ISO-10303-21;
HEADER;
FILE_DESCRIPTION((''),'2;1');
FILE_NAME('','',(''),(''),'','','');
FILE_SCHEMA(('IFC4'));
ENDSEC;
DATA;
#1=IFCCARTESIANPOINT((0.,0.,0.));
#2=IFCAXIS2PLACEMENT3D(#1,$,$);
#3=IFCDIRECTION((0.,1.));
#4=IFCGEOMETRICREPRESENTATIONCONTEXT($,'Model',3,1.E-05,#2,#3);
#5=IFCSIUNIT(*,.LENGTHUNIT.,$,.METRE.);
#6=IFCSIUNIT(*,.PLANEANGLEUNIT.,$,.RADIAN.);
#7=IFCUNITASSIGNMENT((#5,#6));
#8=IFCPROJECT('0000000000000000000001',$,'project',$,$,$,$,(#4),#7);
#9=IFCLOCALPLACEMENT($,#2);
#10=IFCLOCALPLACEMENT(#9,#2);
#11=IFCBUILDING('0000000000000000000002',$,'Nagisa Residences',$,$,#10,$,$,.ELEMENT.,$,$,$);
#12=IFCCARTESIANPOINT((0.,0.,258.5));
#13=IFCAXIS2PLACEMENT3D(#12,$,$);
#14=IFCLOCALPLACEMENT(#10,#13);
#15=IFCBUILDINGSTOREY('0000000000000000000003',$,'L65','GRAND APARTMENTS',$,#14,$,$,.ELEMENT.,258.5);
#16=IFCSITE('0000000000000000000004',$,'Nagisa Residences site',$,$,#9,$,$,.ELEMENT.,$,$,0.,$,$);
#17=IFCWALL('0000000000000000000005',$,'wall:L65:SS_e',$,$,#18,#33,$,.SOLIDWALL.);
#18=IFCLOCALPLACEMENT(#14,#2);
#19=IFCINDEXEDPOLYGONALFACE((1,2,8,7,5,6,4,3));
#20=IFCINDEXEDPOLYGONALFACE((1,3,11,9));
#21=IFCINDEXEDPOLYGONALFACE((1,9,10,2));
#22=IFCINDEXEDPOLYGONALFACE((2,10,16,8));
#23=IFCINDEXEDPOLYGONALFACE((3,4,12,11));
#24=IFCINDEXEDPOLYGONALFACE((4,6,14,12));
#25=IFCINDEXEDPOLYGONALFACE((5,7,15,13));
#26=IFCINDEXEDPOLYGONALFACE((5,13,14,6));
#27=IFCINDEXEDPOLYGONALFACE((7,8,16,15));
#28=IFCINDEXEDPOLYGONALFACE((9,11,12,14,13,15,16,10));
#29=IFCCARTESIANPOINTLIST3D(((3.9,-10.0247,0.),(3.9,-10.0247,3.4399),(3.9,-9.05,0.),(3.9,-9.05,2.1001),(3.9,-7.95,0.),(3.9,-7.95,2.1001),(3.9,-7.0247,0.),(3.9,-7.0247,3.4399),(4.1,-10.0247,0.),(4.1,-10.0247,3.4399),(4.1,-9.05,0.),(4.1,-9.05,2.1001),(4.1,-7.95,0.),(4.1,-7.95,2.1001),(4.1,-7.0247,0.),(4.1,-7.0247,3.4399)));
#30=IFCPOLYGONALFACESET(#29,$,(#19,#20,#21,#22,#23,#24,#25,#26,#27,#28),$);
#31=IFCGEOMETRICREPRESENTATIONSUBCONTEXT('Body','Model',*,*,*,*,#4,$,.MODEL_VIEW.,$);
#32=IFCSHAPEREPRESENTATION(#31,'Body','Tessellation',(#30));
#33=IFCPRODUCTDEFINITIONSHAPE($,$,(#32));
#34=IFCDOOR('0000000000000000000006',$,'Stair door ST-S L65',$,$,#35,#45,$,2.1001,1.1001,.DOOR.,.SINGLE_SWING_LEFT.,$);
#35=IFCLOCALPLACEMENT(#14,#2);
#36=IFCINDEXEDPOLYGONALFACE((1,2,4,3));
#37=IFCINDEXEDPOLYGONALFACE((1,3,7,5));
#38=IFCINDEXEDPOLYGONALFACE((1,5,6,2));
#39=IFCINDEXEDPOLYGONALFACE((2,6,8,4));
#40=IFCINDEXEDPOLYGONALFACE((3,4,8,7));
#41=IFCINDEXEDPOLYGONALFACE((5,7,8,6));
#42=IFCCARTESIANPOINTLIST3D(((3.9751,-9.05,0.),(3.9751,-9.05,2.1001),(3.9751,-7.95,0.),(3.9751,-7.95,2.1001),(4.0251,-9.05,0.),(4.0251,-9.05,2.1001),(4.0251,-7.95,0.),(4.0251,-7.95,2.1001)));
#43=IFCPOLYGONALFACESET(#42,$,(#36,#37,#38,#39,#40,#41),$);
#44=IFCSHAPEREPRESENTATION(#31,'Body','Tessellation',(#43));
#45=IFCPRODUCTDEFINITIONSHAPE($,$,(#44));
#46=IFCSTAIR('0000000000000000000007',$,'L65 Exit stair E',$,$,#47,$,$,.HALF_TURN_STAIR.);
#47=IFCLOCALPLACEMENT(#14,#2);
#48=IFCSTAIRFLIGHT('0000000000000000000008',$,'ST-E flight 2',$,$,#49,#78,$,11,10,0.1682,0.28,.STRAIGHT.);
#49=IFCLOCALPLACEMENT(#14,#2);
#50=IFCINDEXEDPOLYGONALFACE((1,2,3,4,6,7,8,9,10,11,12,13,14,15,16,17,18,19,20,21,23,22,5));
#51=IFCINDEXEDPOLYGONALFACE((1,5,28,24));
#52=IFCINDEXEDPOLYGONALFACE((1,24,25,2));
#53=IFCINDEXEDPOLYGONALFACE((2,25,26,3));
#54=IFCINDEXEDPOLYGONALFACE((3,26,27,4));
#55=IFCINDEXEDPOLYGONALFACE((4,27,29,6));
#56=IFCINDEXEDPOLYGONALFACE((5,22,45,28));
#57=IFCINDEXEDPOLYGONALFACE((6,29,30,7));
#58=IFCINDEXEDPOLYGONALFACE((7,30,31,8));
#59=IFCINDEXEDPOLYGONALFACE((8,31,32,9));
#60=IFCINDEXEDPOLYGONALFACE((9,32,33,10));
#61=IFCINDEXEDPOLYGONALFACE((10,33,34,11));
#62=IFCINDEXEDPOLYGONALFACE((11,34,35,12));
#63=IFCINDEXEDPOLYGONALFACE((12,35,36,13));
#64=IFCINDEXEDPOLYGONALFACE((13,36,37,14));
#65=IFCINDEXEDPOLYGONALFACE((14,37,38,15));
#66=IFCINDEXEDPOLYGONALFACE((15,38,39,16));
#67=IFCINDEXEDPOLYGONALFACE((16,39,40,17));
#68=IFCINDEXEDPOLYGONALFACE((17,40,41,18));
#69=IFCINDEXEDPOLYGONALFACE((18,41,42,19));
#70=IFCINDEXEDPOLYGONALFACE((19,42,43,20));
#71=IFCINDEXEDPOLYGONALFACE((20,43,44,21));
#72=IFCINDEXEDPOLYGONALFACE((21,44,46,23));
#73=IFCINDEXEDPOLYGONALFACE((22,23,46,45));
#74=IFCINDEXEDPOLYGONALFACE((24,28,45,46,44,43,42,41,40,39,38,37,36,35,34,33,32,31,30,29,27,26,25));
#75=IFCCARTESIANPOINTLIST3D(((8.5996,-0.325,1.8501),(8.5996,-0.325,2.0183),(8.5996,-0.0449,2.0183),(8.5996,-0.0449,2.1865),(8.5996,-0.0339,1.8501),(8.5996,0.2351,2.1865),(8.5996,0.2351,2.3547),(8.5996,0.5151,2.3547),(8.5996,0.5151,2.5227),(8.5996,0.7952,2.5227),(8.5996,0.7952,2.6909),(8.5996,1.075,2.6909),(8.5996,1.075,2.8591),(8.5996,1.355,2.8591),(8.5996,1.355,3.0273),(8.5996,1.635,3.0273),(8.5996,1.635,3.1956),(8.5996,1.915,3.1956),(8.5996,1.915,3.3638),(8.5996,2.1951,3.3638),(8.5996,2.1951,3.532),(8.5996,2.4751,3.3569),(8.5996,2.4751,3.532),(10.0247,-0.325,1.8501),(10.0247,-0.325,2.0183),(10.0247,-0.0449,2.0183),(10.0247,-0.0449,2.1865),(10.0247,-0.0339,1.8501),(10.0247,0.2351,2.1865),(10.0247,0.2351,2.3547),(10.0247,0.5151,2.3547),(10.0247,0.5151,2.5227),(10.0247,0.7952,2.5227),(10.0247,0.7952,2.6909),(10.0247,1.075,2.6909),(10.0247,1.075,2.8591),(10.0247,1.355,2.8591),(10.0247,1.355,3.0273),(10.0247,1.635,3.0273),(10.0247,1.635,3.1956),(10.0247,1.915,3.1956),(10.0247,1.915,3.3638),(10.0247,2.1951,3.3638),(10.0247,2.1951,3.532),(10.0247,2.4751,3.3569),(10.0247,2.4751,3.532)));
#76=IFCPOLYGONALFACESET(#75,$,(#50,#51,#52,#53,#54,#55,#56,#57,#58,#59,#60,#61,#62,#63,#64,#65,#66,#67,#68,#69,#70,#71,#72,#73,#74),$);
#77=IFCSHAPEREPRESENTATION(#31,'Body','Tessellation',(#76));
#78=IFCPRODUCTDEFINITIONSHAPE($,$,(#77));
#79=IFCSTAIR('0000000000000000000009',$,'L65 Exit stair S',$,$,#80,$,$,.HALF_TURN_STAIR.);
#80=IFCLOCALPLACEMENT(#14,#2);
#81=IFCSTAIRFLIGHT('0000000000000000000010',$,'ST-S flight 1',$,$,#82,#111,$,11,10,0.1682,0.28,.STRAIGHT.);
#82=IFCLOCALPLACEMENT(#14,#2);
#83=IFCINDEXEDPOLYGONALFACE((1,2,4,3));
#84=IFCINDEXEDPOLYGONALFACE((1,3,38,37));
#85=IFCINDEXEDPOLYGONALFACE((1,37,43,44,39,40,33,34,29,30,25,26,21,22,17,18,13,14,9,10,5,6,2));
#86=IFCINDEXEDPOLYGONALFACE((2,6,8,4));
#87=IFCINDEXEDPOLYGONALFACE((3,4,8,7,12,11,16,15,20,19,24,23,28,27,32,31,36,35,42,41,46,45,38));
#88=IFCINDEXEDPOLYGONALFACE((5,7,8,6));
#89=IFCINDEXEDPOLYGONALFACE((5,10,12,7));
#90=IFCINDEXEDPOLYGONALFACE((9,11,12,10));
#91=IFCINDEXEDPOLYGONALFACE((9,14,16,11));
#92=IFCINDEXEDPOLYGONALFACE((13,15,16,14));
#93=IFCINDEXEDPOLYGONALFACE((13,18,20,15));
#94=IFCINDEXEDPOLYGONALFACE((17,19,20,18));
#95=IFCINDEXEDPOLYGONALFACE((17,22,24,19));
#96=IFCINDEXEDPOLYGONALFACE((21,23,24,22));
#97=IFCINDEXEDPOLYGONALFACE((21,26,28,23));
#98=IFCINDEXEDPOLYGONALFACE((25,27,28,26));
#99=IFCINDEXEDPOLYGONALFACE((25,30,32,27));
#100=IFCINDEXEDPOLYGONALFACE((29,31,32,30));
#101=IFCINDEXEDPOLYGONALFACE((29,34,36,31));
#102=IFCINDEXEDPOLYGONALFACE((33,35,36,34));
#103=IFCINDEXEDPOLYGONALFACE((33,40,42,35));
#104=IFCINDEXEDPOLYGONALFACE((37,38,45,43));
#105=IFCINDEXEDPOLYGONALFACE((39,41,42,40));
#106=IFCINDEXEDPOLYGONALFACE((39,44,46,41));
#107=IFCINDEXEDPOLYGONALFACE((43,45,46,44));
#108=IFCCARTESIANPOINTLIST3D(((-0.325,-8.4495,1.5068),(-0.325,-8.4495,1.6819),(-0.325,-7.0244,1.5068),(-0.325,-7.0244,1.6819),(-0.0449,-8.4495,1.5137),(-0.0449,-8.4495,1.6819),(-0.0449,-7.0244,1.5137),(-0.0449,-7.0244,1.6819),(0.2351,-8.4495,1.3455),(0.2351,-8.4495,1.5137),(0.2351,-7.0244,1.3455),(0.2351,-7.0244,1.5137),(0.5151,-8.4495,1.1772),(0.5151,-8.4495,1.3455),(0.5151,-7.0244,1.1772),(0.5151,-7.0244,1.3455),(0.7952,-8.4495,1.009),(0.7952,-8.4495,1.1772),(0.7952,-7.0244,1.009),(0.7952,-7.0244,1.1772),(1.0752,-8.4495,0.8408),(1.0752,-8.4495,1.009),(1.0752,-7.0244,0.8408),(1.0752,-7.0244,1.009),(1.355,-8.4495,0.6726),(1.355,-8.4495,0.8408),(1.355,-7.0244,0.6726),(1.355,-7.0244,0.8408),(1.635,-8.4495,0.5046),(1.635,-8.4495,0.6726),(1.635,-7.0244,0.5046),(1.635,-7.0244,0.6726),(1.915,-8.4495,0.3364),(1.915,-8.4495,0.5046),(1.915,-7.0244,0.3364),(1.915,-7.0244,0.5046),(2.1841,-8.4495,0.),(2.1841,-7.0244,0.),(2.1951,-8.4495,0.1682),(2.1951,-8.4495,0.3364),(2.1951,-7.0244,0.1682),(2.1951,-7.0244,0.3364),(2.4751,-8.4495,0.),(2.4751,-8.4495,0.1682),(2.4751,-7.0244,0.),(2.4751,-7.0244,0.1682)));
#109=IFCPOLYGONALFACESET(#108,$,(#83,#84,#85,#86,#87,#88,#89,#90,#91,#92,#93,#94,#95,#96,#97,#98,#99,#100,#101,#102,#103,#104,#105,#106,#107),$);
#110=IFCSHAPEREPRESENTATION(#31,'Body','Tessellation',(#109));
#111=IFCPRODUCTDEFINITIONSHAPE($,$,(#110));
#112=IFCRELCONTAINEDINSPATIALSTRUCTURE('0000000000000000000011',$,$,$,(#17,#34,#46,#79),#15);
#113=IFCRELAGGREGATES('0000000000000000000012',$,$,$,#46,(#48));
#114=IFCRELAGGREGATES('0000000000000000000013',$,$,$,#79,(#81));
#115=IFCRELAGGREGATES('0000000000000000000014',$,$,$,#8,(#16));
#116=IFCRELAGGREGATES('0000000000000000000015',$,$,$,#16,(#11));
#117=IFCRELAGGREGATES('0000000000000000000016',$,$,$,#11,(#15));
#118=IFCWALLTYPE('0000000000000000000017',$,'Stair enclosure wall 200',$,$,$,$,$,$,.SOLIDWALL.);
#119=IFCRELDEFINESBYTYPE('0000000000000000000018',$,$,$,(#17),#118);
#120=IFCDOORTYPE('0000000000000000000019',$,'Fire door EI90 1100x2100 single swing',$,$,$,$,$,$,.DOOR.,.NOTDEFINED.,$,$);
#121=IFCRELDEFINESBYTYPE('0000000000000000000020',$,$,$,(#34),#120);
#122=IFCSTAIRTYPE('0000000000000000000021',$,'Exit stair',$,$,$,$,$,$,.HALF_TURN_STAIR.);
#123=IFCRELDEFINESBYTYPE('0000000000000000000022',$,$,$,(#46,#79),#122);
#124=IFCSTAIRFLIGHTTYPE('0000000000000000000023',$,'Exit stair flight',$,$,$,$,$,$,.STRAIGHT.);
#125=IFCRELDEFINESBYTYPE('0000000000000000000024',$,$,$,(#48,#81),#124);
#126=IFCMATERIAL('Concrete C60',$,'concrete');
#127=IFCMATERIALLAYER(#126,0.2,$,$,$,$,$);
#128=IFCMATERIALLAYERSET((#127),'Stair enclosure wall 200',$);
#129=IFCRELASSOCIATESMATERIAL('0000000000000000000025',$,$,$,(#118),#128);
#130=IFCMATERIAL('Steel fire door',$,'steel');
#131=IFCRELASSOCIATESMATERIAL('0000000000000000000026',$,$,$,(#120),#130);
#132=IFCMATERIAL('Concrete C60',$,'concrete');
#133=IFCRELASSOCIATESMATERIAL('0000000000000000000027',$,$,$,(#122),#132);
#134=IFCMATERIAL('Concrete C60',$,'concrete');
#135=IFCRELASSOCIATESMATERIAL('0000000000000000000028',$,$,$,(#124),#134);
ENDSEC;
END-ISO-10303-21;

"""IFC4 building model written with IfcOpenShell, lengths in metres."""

from ifc_helpers import new_model, si_unit, direction, frame, frame_2d, origin, place, context, subcontext, project, spatial, polyline, rectangle, outline, extrude, material, layer, layer_set, type_object, element, fill, aggregate, save


model = new_model("IFC4")

# Units and contexts
model_context = context("Model", 3, precision=1e-05, world=origin(), true_north=direction((0.0, 1.0)))
body_context = subcontext(model_context, "Body", "Model", "MODEL_VIEW")
ifc_project = project(units=[si_unit("LENGTHUNIT", "METRE"), si_unit("PLANEANGLEUNIT", "RADIAN")], contexts=[model_context])

# Site, building, storey
site_placement = place(None, origin())
site = spatial("IfcSite", under=ifc_project, at=site_placement, Name="Nagisa Residences site", CompositionType="ELEMENT", RefElevation=0.0)
building_placement = place(site_placement, origin())
building = spatial("IfcBuilding", under=site, at=building_placement, Name="Nagisa Residences", CompositionType="ELEMENT")
storey_placement = place(building_placement, frame((0.0, 0.0, 258.5)))
storey = spatial("IfcBuildingStorey", under=building, at=storey_placement, Name="L65", Description="GRAND APARTMENTS", CompositionType="ELEMENT", Elevation=258.5)

# Wall, opening, door
ifc_material_1 = material(Name="Concrete C60", Category="concrete")
ifc_layer_1 = layer(ifc_material_1, 0.2)
ifc_layer_set_1 = layer_set([ifc_layer_1], Name="Stair enclosure wall 200")
wall_type_1 = type_object("IfcWallType", Name="Stair enclosure wall 200", PredefinedType="SOLIDWALL", material=ifc_layer_set_1)
wall_1_placement = place(storey_placement, frame((4.0, -10.0247, 0.0), z_axis=(0.0, 0.0, 1.0), x_axis=(0.0, 1.0, 0.0)))
wall_1 = element("IfcWall", 1, at=wall_1_placement, inside=storey, type_object=wall_type_1, Name="wall:L65:SS_e", PredefinedType="SOLIDWALL", context=body_context, shape_type="SweptSolid", body=[
    extrude(rectangle(XDim=3.0, YDim=0.2, at=frame_2d((1.5, 0.0))), origin(), (0.0, 0.0, 1.0), 3.4399),
])
opening_1_placement = place(wall_1_placement, frame((0.9746, 0.0, 0.0)))
opening_1 = element("IfcOpeningElement", 2, at=opening_1_placement, cuts=wall_1, PredefinedType="OPENING", context=body_context, shape_type="SweptSolid", body=[
    extrude(rectangle(XDim=1.1001, YDim=2.1001, at=frame_2d((0.55, 1.05))), frame((0.0, 0.1099, 0.0), z_axis=(0.0, -1.0, 0.0), x_axis=(1.0, 0.0, 0.0)), (0.0, 0.0, 1.0), 0.22),
])
ifc_material_2 = material(Name="Steel fire door", Category="steel")
door_type_1 = type_object("IfcDoorType", Name="Fire door EI90 1100x2100 single swing", OperationType="NOTDEFINED", PredefinedType="DOOR", material=ifc_material_2)
door_1_placement = place(opening_1_placement, origin())
door_1 = element("IfcDoor", 3, at=door_1_placement, inside=storey, type_object=door_type_1, Name="Stair door ST-S L65", OperationType="SINGLE_SWING_LEFT", OverallHeight=2.1001, OverallWidth=1.1001, PredefinedType="DOOR", context=body_context, shape_type="SweptSolid", body=[
    extrude(rectangle(XDim=1.1001, YDim=2.1001, at=frame_2d((0.55, 1.05))), frame((0.0, 0.0249, 0.0), z_axis=(0.0, -1.0, 0.0), x_axis=(1.0, 0.0, 0.0)), (0.0, 0.0, 1.0), 0.05),
])
fill(opening_1, door_1)

# Stairs, stair flights
ifc_material_3 = material(Name="Concrete C60", Category="concrete")
stair_type = type_object("IfcStairType", Name="Exit stair", PredefinedType="HALF_TURN_STAIR", material=ifc_material_3)
stair_1_placement = place(storey_placement, origin())
stair_1 = element("IfcStair", 4, at=stair_1_placement, inside=storey, type_object=stair_type, Name="L65 Exit stair E", PredefinedType="HALF_TURN_STAIR")
ifc_material_4 = material(Name="Concrete C60", Category="concrete")
stair_flight_type = type_object("IfcStairFlightType", Name="Exit stair flight", PredefinedType="STRAIGHT", material=ifc_material_4)
stair_flight_1_placement = place(storey_placement, frame((9.312, -0.325, 1.8501), z_axis=(0.0, 0.0, 1.0), x_axis=(0.0, 1.0, 0.0)))
stair_flight_1 = element("IfcStairFlight", 5, at=stair_flight_1_placement, type_object=stair_flight_type, Name="ST-E flight 2", NumberOfRisers=11, NumberOfTreads=10, PredefinedType="STRAIGHT", RiserHeight=0.1682, TreadLength=0.28, context=body_context, shape_type="SweptSolid", body=[
    extrude(outline(polyline([(0.0, 0.0), (0.0, 0.1682), (0.28, 0.1682), (0.28, 0.3364), (0.5601, 0.3364), (0.5601, 0.5046), (0.8401, 0.5046), (0.8401, 0.6726), (1.1201, 0.6726), (1.1201, 0.8408), (1.3999, 0.8408), (1.3999, 1.009), (1.6799, 1.009), (1.6799, 1.1772), (1.96, 1.1772), (1.96, 1.3455), (2.24, 1.3455), (2.24, 1.5137), (2.52, 1.5137), (2.52, 1.6819), (2.8, 1.6819), (2.8, 1.8501), (2.8, 1.5068), (0.291, 0.0), (0.0, 0.0)])), frame((0.0, 0.7124, 0.0), z_axis=(0.0, -1.0, 0.0), x_axis=(1.0, 0.0, 0.0)), (0.0, 0.0, 1.0), 1.425),
])
aggregate(stair_1, [stair_flight_1])
stair_2_placement = place(storey_placement, origin())
stair_2 = element("IfcStair", 6, at=stair_2_placement, inside=storey, type_object=stair_type, Name="L65 Exit stair S", PredefinedType="HALF_TURN_STAIR")
stair_flight_2_placement = place(storey_placement, frame((2.4751, -7.7371, 0.0), z_axis=(0.0, 0.0, 1.0), x_axis=(-1.0, 0.0, 0.0)))
stair_flight_2 = element("IfcStairFlight", 7, at=stair_flight_2_placement, type_object=stair_flight_type, Name="ST-S flight 1", NumberOfRisers=11, NumberOfTreads=10, PredefinedType="STRAIGHT", RiserHeight=0.1682, TreadLength=0.28, context=body_context, shape_type="SweptSolid", body=[
    extrude(outline(polyline([(0.0, 0.0), (0.0, 0.1682), (0.28, 0.1682), (0.28, 0.3364), (0.5601, 0.3364), (0.5601, 0.5046), (0.8401, 0.5046), (0.8401, 0.6726), (1.1201, 0.6726), (1.1201, 0.8408), (1.3999, 0.8408), (1.3999, 1.009), (1.6799, 1.009), (1.6799, 1.1772), (1.96, 1.1772), (1.96, 1.3455), (2.24, 1.3455), (2.24, 1.5137), (2.52, 1.5137), (2.52, 1.6819), (2.8, 1.6819), (2.8, 1.8501), (2.8, 1.5068), (0.291, 0.0), (0.0, 0.0)])), frame((0.0, 0.7124, 0.0), z_axis=(0.0, -1.0, 0.0), x_axis=(1.0, 0.0, 0.0)), (0.0, 0.0, 1.0), 1.425),
])
aggregate(stair_2, [stair_flight_2])

save(model, "model.ifc")
